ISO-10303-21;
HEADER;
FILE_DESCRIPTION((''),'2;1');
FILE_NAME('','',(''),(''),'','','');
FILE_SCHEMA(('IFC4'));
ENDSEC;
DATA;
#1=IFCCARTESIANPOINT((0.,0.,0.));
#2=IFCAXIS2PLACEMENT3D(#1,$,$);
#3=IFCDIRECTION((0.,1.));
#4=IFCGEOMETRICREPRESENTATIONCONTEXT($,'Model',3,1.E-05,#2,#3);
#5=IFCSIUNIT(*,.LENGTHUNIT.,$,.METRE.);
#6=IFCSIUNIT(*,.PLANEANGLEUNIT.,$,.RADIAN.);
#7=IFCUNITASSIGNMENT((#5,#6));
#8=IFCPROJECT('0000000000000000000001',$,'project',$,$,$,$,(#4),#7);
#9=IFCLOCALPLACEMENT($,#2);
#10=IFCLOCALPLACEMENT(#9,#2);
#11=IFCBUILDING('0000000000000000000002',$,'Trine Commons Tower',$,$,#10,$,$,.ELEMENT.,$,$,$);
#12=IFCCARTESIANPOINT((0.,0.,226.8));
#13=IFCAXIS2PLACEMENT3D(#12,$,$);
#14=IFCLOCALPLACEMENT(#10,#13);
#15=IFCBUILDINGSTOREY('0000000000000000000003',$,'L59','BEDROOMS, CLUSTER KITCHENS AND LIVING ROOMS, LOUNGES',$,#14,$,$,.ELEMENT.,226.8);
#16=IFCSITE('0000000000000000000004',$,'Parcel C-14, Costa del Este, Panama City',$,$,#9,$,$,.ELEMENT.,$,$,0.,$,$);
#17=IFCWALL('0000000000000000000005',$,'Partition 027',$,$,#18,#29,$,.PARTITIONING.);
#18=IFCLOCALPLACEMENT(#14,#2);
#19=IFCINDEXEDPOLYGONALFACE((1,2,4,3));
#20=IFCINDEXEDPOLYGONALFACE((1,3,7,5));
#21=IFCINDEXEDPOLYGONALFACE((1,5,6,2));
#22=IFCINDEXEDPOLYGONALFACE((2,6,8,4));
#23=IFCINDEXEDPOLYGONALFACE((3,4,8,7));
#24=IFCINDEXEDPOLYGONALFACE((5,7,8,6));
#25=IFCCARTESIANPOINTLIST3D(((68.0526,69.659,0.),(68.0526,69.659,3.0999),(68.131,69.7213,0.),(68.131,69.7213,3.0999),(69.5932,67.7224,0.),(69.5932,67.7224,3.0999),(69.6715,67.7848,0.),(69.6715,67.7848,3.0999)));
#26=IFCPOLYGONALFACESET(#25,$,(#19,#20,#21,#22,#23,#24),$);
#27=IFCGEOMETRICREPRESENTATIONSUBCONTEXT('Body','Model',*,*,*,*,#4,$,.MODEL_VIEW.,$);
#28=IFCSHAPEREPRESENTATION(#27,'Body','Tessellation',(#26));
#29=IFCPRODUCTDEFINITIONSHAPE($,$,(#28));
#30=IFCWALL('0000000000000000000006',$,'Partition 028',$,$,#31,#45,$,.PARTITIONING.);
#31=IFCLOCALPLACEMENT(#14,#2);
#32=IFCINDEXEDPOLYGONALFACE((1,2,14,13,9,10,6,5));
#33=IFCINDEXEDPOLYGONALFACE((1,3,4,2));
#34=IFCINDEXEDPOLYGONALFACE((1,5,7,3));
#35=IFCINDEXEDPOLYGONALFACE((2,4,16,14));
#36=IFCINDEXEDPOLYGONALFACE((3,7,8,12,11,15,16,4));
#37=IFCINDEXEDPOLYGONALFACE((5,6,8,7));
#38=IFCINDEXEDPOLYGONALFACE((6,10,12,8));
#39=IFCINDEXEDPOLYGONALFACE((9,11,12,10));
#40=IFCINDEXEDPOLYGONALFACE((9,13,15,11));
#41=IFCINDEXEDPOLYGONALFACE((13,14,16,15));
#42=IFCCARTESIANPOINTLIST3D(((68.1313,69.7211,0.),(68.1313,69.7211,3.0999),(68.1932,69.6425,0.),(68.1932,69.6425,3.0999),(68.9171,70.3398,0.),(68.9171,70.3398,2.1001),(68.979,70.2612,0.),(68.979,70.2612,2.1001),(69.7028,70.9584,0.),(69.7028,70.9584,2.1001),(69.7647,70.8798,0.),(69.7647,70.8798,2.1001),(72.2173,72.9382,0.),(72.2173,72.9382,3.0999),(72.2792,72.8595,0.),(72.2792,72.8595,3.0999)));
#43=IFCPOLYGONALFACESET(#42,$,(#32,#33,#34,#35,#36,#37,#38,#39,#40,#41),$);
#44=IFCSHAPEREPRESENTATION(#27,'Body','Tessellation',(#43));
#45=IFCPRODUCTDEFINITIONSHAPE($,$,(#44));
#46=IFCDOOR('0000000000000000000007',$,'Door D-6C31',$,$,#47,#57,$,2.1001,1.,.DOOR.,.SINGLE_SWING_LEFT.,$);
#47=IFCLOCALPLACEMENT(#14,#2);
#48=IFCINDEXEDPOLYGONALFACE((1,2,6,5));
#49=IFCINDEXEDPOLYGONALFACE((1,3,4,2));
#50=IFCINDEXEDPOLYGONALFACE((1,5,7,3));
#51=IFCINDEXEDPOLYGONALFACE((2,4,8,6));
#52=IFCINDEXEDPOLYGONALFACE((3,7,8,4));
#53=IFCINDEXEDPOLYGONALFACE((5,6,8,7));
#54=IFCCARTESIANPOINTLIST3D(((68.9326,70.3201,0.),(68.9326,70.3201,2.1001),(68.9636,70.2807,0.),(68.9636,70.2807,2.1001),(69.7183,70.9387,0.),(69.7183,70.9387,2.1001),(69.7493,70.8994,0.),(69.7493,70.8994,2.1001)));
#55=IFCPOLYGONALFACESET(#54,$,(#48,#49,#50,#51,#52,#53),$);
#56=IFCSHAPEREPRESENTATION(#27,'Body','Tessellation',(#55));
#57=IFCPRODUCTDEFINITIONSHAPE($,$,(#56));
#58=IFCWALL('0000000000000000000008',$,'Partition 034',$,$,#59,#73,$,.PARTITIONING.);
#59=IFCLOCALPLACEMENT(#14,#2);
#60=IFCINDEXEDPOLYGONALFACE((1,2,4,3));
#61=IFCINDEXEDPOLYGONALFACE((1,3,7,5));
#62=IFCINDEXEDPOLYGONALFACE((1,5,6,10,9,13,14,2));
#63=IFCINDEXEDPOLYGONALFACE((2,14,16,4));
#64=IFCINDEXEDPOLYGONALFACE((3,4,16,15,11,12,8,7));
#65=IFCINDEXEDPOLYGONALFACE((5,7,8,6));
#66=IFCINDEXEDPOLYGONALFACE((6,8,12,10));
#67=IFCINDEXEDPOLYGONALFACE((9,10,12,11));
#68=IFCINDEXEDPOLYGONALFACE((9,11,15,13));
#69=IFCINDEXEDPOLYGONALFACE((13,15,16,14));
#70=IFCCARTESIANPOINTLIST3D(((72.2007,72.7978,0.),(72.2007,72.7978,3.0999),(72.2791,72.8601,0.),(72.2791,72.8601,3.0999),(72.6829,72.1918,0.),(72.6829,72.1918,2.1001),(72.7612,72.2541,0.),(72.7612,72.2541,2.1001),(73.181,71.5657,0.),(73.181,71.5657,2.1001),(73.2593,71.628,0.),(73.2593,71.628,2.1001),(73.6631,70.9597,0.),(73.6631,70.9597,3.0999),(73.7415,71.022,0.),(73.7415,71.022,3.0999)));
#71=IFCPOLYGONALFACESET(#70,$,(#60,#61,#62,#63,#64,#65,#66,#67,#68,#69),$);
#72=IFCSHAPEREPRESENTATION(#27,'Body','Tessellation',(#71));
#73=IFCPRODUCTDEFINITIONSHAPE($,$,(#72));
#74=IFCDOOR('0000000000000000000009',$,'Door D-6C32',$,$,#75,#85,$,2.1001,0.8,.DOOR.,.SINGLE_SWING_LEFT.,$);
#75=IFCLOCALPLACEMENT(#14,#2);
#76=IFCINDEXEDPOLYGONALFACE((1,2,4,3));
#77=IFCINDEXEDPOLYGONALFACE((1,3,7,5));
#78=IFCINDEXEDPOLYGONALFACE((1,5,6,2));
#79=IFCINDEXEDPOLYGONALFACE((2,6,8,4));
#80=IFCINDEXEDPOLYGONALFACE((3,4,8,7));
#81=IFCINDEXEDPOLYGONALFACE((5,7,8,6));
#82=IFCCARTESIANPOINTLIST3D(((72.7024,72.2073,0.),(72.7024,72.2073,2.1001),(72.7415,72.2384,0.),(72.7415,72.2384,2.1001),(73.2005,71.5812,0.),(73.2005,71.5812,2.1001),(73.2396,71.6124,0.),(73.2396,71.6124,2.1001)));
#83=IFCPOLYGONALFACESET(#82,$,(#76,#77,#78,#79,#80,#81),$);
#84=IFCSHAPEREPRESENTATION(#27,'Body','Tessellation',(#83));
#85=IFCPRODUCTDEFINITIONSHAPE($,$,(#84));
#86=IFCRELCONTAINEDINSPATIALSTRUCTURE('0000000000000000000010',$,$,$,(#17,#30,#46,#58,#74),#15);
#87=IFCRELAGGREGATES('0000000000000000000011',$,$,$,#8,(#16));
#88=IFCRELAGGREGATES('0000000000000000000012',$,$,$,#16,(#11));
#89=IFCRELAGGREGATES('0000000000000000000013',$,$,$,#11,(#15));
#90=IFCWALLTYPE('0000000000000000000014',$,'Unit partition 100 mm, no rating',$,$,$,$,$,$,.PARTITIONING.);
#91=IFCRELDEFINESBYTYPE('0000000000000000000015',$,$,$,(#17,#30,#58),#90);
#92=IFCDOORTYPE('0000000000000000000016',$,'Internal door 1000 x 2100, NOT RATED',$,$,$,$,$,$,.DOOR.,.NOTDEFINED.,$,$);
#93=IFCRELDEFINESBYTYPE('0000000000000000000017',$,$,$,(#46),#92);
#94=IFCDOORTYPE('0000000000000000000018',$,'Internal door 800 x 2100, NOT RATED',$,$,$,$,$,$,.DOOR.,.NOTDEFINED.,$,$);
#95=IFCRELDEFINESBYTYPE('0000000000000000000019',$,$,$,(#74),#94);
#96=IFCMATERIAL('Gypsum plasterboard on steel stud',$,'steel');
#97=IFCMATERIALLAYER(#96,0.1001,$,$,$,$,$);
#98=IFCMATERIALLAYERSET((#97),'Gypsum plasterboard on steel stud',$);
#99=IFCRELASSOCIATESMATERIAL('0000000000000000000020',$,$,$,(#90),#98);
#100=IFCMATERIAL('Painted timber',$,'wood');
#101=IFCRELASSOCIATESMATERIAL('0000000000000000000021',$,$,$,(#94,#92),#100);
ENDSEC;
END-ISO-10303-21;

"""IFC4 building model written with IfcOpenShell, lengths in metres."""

from ifc_helpers import new_model, si_unit, direction, frame, frame_2d, origin, place, context, subcontext, project, spatial, rectangle, extrude, material, layer, layer_set, type_object, element, fill, save


model = new_model("IFC4")

# Units and contexts
model_context = context("Model", 3, precision=1e-05, world=origin(), true_north=direction((0.0, 1.0)))
body_context = subcontext(model_context, "Body", "Model", "MODEL_VIEW")
ifc_project = project(units=[si_unit("LENGTHUNIT", "METRE"), si_unit("PLANEANGLEUNIT", "RADIAN")], contexts=[model_context])

# Site, building, storey
site_placement = place(None, origin())
site = spatial("IfcSite", under=ifc_project, at=site_placement, Name="Parcel C-14, Costa del Este, Panama City", CompositionType="ELEMENT", RefElevation=0.0)
building_placement = place(site_placement, origin())
building = spatial("IfcBuilding", under=site, at=building_placement, Name="Trine Commons Tower", CompositionType="ELEMENT")
storey_placement = place(building_placement, frame((0.0, 0.0, 226.8)))
storey = spatial("IfcBuildingStorey", under=building, at=storey_placement, Name="L59", Description="BEDROOMS, CLUSTER KITCHENS AND LIVING ROOMS, LOUNGES", CompositionType="ELEMENT", Elevation=226.8)

# Shared definitions
ifc_material_1 = material(Name="Gypsum plasterboard on steel stud", Category="steel")

# Shared definitions
ifc_layer_1 = layer(ifc_material_1, 0.1001)
ifc_layer_set_1 = layer_set([ifc_layer_1], Name="Gypsum plasterboard on steel stud")
wall_type_1 = type_object("IfcWallType", Name="Unit partition 100 mm, no rating", PredefinedType="PARTITIONING", material=ifc_layer_set_1)
ifc_material_2 = material(Name="Painted timber", Category="wood")
door_type_1 = type_object("IfcDoorType", Name="Internal door 800 x 2100, NOT RATED", OperationType="NOTDEFINED", PredefinedType="DOOR", material=ifc_material_2)

# Wall
wall_1_placement = place(storey_placement, frame((68.0918, 69.6902, 0.0), z_axis=(0.0, 0.0, 1.0), x_axis=(0.622551, -0.782579, 0.0)))
element("IfcWall", 1, at=wall_1_placement, inside=storey, type_object=wall_type_1, Name="Partition 027", PredefinedType="PARTITIONING", context=body_context, shape_type="SweptSolid", body=[
    extrude(rectangle(XDim=2.4746, YDim=0.1001, at=frame_2d((1.2373, 0.0))), origin(), (0.0, 0.0, 1.0), 3.0999),
])

# Walls, openings, doors
wall_2_placement = place(storey_placement, frame((68.1624, 69.6819, 0.0), z_axis=(0.0, 0.0, 1.0), x_axis=(0.785696, 0.618613, 0.0)))
wall_2 = element("IfcWall", 2, at=wall_2_placement, inside=storey, type_object=wall_type_1, Name="Partition 028", PredefinedType="PARTITIONING", context=body_context, shape_type="SweptSolid", body=[
    extrude(rectangle(XDim=5.2004, YDim=0.1001, at=frame_2d((2.6001, 0.0))), origin(), (0.0, 0.0, 1.0), 3.0999),
])
opening_1_placement = place(wall_2_placement, frame((1.0, 0.0, 0.0)))
opening_1 = element("IfcOpeningElement", 3, at=opening_1_placement, cuts=wall_2, PredefinedType="OPENING", context=body_context, shape_type="SweptSolid", body=[
    extrude(rectangle(XDim=1.0, YDim=2.1001, at=frame_2d((0.5, 1.05))), frame((0.0, 0.0601, 0.0), z_axis=(0.0, -1.0, 0.0), x_axis=(1.0, 0.0, 0.0)), (0.0, 0.0, 1.0), 0.1201),
])
door_type_2 = type_object("IfcDoorType", Name="Internal door 1000 x 2100, NOT RATED", OperationType="NOTDEFINED", PredefinedType="DOOR", material=ifc_material_2)
door_1_placement = place(opening_1_placement, origin())
door_1 = element("IfcDoor", 4, at=door_1_placement, inside=storey, type_object=door_type_2, Name="Door D-6C31", OperationType="SINGLE_SWING_LEFT", OverallHeight=2.1001, OverallWidth=1.0, PredefinedType="DOOR", context=body_context, shape_type="SweptSolid", body=[
    extrude(rectangle(XDim=1.0, YDim=2.1001, at=frame_2d((0.5, 1.05))), frame((0.0, 0.0249, 0.0), z_axis=(0.0, -1.0, 0.0), x_axis=(1.0, 0.0, 0.0)), (0.0, 0.0, 1.0), 0.05),
])
fill(opening_1, door_1)
wall_3_placement = place(storey_placement, frame((72.24, 72.8289, 0.0), z_axis=(0.0, 0.0, 1.0), x_axis=(0.622589, -0.782549, 0.0)))
wall_3 = element("IfcWall", 5, at=wall_3_placement, inside=storey, type_object=wall_type_1, Name="Partition 034", PredefinedType="PARTITIONING", context=body_context, shape_type="SweptSolid", body=[
    extrude(rectangle(XDim=2.3489, YDim=0.1001, at=frame_2d((1.1743, 0.0))), origin(), (0.0, 0.0, 1.0), 3.0999),
])
opening_2_placement = place(wall_3_placement, frame((0.7744, 0.0, 0.0)))
opening_2 = element("IfcOpeningElement", 6, at=opening_2_placement, cuts=wall_3, PredefinedType="OPENING", context=body_context, shape_type="SweptSolid", body=[
    extrude(rectangle(XDim=0.8, YDim=2.1001, at=frame_2d((0.3999, 1.05))), frame((0.0, 0.0601, 0.0), z_axis=(0.0, -1.0, 0.0), x_axis=(1.0, 0.0, 0.0)), (0.0, 0.0, 1.0), 0.1201),
])
door_2_placement = place(opening_2_placement, origin())
door_2 = element("IfcDoor", 7, at=door_2_placement, inside=storey, type_object=door_type_1, Name="Door D-6C32", OperationType="SINGLE_SWING_LEFT", OverallHeight=2.1001, OverallWidth=0.8, PredefinedType="DOOR", context=body_context, shape_type="SweptSolid", body=[
    extrude(rectangle(XDim=0.8, YDim=2.1001, at=frame_2d((0.3999, 1.05))), frame((0.0, 0.0249, 0.0), z_axis=(0.0, -1.0, 0.0), x_axis=(1.0, 0.0, 0.0)), (0.0, 0.0, 1.0), 0.05),
])
fill(opening_2, door_2)

save(model, "model.ifc")
